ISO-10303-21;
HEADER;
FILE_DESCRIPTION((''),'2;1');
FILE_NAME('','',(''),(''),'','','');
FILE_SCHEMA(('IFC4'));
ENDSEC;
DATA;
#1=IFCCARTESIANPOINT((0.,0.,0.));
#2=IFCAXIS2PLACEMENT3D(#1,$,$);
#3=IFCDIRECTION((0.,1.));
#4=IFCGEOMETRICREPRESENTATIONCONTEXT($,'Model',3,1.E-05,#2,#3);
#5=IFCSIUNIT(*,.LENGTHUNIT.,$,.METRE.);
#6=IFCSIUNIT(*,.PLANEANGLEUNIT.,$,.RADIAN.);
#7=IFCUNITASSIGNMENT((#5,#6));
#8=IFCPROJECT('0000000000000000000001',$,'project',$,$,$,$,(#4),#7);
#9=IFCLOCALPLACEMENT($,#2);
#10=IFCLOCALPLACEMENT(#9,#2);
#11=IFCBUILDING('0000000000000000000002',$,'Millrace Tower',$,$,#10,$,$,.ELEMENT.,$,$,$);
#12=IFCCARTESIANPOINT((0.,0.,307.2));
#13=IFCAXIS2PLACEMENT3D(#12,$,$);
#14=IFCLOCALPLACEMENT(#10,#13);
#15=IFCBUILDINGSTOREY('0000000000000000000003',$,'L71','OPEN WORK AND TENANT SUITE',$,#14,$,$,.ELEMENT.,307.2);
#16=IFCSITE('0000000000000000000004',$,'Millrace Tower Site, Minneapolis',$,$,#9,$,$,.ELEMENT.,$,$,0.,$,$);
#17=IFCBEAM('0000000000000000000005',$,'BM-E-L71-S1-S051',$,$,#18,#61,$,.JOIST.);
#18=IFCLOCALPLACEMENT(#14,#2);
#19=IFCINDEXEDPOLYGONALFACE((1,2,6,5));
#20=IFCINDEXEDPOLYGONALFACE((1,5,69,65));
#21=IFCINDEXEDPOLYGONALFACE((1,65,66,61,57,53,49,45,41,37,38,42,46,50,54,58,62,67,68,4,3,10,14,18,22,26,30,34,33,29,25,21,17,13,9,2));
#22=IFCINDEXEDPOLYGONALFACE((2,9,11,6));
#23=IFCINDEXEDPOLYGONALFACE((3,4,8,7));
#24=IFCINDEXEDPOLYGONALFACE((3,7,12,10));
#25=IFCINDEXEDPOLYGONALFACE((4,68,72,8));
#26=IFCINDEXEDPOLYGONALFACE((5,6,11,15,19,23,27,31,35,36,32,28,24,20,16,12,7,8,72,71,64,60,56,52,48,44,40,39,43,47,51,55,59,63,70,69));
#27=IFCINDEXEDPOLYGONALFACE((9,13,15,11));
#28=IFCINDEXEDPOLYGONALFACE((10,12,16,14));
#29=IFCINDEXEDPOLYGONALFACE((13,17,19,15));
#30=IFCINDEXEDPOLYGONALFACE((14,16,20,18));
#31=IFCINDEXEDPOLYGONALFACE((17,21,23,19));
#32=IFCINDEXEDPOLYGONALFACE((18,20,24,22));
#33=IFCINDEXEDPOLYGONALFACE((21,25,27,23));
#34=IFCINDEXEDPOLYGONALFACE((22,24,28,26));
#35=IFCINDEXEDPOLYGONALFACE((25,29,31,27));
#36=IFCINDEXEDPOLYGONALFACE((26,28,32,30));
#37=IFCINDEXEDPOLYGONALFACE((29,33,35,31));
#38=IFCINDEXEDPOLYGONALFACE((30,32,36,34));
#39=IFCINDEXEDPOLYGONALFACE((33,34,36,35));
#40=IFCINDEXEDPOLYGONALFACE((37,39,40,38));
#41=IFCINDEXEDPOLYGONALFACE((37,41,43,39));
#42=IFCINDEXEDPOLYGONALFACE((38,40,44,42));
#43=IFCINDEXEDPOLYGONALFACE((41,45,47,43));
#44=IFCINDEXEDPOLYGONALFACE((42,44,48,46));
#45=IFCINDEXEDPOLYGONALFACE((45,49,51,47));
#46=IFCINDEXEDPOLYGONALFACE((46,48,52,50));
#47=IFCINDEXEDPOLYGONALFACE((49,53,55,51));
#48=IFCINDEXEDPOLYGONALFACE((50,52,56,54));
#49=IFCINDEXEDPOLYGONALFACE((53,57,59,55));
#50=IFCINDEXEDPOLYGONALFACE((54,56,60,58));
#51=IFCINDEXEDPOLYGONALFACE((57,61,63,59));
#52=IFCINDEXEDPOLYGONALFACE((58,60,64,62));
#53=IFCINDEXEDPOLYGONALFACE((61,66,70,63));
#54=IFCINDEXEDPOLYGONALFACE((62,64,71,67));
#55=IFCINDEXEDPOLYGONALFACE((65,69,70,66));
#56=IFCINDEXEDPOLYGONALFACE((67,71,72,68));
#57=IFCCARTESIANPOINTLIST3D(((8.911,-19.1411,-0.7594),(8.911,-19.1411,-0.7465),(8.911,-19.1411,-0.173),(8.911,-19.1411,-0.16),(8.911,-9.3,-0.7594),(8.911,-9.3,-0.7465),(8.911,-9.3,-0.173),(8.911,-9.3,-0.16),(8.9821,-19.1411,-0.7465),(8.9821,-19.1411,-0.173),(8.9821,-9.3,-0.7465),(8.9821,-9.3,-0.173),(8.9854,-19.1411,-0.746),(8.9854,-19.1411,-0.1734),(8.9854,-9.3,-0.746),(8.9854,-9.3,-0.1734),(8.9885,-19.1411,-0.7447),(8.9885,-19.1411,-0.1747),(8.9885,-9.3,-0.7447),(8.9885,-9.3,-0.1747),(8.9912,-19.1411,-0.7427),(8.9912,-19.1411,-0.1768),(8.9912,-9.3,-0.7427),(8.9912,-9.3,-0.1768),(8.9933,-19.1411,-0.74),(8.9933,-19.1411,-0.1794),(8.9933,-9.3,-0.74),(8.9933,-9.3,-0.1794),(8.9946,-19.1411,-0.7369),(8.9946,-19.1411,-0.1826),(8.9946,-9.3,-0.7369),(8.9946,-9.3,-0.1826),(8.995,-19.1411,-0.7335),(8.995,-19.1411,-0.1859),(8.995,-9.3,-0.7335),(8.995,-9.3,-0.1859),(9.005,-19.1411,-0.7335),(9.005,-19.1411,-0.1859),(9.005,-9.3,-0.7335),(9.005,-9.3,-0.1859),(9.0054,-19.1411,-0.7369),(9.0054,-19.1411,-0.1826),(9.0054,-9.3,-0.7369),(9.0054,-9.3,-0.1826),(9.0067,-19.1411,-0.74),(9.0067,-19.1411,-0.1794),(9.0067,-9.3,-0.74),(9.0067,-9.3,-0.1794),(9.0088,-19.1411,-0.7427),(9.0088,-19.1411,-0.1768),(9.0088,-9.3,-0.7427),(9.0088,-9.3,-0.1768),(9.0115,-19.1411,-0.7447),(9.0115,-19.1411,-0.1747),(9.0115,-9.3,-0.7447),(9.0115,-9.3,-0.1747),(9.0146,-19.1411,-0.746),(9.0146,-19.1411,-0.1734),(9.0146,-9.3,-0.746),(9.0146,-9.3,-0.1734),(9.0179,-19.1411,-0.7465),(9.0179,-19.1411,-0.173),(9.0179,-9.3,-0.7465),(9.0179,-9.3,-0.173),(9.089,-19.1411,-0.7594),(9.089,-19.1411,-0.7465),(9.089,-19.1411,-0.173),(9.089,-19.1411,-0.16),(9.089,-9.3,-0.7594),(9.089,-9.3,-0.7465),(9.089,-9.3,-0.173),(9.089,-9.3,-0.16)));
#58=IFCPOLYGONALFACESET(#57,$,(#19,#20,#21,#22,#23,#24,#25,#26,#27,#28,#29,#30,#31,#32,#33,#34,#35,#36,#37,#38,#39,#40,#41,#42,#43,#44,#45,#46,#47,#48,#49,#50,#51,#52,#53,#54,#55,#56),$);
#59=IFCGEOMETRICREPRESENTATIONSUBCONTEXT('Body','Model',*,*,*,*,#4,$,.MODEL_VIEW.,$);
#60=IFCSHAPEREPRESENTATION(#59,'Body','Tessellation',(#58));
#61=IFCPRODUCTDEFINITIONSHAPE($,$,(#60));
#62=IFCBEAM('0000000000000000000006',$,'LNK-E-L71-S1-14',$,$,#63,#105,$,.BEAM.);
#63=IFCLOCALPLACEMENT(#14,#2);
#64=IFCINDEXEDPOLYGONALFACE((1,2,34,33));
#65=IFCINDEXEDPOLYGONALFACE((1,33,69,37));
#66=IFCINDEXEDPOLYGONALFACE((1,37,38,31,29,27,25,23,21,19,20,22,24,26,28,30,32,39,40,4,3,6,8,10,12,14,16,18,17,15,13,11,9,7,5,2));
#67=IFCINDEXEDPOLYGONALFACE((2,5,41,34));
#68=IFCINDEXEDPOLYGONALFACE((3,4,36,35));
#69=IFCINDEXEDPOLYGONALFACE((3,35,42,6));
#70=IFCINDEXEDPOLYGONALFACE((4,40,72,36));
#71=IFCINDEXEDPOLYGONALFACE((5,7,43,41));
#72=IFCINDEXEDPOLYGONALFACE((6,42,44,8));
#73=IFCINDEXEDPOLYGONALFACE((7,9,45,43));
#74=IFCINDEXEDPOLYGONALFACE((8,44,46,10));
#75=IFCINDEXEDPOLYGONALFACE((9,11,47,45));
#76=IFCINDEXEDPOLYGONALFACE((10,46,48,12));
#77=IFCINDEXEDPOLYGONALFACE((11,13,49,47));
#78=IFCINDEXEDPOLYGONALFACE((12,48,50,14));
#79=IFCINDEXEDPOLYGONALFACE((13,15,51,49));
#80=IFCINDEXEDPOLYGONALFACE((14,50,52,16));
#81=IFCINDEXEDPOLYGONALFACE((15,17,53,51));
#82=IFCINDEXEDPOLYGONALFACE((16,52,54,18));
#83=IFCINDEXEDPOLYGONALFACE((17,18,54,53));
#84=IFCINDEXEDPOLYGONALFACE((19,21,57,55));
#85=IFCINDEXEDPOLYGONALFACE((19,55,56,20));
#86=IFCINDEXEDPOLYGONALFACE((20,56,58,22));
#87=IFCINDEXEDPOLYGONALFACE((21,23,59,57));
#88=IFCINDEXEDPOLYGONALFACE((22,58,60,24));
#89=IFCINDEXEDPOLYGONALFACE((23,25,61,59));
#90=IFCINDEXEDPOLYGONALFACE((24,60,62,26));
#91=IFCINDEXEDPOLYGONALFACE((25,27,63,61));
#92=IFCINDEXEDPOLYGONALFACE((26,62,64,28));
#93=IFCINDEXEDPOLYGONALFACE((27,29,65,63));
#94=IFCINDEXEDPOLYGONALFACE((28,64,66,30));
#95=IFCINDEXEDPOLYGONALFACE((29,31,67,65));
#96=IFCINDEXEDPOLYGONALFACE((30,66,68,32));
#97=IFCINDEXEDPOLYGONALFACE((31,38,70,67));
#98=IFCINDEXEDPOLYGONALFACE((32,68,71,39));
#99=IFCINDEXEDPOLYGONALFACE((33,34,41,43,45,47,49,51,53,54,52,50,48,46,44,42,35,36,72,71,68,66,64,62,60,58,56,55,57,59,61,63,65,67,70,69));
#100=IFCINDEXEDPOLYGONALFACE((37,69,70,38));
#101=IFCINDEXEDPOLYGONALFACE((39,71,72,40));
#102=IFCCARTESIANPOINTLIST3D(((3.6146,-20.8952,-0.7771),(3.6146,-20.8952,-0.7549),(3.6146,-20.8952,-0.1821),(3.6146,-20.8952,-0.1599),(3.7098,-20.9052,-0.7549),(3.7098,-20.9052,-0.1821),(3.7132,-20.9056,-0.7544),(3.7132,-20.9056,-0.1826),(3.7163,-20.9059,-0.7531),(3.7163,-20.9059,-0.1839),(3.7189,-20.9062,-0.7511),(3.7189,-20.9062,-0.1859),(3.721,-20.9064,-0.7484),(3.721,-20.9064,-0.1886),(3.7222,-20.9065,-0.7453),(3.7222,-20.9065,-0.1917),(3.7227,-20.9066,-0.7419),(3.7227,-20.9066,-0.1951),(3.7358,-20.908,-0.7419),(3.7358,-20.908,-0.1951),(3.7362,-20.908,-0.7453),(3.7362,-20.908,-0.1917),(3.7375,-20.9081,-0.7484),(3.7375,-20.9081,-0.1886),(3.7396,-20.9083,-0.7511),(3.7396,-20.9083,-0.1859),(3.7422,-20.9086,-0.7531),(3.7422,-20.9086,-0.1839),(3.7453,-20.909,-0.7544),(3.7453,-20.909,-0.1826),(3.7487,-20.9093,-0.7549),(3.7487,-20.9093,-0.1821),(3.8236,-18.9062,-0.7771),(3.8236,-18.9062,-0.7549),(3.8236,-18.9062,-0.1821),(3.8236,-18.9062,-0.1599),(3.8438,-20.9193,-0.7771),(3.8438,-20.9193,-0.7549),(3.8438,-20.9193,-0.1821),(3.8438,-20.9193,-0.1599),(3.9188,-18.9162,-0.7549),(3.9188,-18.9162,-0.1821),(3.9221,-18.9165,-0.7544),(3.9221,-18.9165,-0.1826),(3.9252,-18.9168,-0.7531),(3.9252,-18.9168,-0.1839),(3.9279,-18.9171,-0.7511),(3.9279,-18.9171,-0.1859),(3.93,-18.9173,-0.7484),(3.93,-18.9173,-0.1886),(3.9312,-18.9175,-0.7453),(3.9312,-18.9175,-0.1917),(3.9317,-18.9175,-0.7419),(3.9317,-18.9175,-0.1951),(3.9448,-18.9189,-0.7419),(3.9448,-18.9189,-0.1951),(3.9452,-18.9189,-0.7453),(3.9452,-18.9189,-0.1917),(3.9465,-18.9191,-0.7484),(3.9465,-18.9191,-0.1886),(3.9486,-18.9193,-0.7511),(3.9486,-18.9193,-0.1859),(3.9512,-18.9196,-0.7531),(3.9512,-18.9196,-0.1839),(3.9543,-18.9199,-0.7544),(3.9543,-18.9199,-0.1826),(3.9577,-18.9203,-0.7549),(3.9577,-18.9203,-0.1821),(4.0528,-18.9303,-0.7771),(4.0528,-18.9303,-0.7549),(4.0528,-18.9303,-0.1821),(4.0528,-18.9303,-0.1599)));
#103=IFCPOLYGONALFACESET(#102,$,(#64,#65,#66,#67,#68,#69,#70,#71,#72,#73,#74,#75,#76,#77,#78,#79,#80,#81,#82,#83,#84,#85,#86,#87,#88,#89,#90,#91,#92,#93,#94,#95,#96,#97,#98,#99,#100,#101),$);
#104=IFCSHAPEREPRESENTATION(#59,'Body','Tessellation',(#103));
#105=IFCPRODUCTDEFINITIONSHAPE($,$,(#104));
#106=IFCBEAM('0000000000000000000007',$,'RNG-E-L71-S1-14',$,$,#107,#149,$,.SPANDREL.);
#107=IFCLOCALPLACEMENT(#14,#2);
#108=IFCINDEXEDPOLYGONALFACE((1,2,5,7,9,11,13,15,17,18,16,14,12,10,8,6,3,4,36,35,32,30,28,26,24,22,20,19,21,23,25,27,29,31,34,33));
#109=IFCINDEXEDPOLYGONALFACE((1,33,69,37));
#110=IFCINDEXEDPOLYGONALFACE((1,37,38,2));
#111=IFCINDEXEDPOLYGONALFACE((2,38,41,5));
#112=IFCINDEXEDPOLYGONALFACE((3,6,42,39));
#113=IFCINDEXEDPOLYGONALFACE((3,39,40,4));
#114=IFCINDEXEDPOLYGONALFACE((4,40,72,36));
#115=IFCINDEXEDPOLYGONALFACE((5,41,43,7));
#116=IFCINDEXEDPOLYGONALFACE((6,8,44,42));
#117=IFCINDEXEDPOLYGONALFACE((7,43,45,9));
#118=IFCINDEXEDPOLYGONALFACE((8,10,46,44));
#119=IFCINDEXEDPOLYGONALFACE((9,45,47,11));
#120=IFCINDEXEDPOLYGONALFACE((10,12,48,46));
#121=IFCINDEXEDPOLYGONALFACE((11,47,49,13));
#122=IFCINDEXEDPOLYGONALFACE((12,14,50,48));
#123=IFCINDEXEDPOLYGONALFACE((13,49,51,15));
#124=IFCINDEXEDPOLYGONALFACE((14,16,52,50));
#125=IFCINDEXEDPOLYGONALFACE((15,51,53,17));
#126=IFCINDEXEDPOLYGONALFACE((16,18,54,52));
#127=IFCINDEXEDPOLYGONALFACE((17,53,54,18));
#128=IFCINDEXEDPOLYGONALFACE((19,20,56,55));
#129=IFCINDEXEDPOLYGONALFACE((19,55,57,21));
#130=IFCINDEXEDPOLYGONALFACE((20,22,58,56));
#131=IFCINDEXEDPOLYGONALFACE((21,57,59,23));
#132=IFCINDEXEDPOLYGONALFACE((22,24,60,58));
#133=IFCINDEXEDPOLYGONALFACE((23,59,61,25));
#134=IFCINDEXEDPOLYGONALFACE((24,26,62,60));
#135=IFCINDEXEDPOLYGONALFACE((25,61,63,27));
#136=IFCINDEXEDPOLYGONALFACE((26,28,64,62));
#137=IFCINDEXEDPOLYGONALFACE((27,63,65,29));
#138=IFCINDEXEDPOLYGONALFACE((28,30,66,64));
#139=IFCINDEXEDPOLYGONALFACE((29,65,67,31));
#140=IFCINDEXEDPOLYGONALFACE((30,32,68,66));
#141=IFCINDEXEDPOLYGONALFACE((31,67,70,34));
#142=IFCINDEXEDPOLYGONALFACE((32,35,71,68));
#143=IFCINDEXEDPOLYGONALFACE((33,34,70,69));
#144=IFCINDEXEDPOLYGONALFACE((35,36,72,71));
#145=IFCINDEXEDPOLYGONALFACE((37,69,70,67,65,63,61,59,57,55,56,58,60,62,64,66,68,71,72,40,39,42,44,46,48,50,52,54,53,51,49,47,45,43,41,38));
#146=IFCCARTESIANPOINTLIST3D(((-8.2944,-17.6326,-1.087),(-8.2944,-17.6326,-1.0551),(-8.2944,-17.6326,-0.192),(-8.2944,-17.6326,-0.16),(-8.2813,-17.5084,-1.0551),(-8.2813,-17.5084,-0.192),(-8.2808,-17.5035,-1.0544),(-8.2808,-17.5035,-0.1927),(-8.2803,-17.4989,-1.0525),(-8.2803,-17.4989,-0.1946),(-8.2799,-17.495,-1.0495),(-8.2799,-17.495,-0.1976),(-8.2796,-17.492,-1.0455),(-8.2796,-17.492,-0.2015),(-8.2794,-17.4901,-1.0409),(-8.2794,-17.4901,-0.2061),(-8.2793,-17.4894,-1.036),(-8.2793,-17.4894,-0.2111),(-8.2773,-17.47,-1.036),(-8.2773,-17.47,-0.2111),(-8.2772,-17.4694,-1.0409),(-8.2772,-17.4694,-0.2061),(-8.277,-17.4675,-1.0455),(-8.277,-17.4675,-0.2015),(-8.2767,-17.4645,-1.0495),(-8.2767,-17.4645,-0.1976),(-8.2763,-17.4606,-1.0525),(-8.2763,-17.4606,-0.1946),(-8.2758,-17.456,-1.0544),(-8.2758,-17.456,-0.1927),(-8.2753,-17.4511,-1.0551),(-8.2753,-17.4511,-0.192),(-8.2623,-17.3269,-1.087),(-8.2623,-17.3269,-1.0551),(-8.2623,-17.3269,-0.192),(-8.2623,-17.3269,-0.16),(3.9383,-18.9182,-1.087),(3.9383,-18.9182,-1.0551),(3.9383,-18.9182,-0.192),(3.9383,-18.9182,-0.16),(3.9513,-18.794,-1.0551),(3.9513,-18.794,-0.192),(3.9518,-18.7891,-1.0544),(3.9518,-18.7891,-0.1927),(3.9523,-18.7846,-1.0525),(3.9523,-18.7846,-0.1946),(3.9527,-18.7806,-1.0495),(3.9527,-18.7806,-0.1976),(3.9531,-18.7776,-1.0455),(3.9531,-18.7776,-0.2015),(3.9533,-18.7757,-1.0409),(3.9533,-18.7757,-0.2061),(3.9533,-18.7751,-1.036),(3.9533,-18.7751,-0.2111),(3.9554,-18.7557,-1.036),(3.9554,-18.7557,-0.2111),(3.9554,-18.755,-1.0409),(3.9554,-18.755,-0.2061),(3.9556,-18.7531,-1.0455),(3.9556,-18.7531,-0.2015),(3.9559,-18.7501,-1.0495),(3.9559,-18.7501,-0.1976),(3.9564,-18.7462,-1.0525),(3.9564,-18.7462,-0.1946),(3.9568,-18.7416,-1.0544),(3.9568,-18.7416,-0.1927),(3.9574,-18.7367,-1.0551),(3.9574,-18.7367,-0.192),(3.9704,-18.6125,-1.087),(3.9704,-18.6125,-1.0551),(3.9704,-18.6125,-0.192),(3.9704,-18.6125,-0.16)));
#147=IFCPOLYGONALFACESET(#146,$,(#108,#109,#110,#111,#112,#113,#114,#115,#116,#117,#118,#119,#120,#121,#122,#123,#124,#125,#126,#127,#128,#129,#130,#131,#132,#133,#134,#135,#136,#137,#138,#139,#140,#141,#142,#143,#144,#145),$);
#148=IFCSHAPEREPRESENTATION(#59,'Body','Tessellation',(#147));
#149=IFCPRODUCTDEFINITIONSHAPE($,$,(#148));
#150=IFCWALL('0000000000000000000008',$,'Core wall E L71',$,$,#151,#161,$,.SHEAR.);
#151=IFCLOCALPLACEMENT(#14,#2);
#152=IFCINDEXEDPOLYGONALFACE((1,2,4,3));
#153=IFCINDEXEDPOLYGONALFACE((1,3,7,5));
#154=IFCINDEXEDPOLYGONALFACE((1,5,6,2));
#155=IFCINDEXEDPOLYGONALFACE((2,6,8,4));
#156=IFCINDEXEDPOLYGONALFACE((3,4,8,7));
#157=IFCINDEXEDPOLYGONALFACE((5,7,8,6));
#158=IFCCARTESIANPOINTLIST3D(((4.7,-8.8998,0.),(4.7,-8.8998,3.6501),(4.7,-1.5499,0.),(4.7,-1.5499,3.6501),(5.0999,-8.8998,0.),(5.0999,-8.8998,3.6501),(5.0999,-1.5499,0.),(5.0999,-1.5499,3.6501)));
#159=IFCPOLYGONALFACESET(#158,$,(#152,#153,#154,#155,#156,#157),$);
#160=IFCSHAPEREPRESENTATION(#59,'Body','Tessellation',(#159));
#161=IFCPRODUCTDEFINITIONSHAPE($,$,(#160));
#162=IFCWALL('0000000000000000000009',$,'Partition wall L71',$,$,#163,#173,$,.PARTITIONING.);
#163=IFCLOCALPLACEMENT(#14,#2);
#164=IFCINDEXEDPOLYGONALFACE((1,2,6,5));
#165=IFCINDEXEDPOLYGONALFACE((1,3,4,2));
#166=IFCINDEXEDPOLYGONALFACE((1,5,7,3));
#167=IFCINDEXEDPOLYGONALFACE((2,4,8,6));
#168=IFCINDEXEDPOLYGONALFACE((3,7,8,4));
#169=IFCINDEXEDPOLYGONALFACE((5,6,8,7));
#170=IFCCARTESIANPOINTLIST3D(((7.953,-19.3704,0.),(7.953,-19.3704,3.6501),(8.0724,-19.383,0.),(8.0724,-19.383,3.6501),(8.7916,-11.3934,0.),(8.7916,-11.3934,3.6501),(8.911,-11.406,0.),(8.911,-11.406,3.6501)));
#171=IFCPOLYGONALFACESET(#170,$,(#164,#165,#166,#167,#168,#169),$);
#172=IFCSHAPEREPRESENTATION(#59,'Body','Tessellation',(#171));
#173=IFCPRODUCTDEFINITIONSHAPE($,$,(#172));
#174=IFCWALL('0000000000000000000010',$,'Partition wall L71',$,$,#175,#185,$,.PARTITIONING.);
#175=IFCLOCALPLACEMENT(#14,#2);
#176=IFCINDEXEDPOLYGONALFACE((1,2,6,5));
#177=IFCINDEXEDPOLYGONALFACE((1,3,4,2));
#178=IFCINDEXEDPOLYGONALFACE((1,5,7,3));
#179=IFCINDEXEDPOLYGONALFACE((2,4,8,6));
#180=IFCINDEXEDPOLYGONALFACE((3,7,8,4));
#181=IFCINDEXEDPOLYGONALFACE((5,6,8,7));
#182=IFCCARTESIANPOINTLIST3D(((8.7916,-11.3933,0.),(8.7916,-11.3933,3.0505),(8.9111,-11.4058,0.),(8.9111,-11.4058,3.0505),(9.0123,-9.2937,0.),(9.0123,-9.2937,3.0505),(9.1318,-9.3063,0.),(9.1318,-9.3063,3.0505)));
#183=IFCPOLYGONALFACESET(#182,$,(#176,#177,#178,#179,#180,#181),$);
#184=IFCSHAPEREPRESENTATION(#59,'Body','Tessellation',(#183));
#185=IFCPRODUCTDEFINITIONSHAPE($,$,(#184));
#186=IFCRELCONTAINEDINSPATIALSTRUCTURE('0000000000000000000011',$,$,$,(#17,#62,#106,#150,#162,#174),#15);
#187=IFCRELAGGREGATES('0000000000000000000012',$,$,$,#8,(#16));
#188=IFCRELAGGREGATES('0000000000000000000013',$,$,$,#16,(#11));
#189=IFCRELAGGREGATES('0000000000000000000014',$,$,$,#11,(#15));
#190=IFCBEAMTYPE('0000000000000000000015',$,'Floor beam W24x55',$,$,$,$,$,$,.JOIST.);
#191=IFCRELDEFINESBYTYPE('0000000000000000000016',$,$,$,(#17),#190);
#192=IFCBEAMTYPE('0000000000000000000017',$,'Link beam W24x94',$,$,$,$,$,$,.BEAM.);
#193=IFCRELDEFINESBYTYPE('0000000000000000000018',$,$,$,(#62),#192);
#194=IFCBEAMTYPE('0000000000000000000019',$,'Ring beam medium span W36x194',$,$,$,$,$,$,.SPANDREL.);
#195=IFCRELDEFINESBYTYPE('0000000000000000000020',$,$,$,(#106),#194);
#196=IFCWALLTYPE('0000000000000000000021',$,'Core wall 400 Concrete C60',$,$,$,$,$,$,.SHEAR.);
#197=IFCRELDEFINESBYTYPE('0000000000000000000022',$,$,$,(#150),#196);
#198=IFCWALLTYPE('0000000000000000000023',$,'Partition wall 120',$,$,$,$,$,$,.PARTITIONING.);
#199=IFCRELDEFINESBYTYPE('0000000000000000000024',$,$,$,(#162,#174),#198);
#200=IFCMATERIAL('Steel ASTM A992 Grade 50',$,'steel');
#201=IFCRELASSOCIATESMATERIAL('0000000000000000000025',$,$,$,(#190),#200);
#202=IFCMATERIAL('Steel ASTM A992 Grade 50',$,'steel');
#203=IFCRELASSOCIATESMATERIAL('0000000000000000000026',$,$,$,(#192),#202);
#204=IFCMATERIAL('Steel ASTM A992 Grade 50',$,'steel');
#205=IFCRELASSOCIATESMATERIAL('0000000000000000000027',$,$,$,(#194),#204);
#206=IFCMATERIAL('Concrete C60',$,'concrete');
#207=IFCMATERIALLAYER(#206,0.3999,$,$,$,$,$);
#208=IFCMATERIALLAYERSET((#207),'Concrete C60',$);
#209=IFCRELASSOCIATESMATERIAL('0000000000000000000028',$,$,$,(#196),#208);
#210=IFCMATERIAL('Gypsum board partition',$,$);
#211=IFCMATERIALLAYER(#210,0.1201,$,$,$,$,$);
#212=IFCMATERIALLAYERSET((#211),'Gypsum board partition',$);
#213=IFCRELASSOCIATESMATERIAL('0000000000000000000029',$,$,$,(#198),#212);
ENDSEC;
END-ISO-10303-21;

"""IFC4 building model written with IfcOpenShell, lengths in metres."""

from ifc_helpers import new_model, si_unit, direction, frame, frame_2d, origin, origin_2d, place, context, subcontext, project, spatial, rectangle, i_section, extrude, material, layer, layer_set, material_profile, profile_set, type_object, element, save


model = new_model("IFC4")

# Units and contexts
model_context = context("Model", 3, precision=1e-05, world=origin(), true_north=direction((0.0, 1.0)))
body_context = subcontext(model_context, "Body", "Model", "MODEL_VIEW")
ifc_project = project(units=[si_unit("LENGTHUNIT", "METRE"), si_unit("PLANEANGLEUNIT", "RADIAN")], contexts=[model_context])

# Site, building, storey
site_placement = place(None, origin())
site = spatial("IfcSite", under=ifc_project, at=site_placement, Name="Millrace Tower Site, Minneapolis", CompositionType="ELEMENT", RefElevation=0.0)
building_placement = place(site_placement, origin())
building = spatial("IfcBuilding", under=site, at=building_placement, Name="Millrace Tower", CompositionType="ELEMENT")
storey_placement = place(building_placement, frame((0.0, 0.0, 307.2)))
storey = spatial("IfcBuildingStorey", under=building, at=storey_placement, Name="L71", Description="OPEN WORK AND TENANT SUITE", CompositionType="ELEMENT", Elevation=307.2)

# Beams
ifc_material_1 = material(Name="Steel ASTM A992 Grade 50", Category="steel")
ifc_material_profile_1 = material_profile(ifc_material_1, i_section(OverallWidth=0.178, OverallDepth=0.5994, WebThickness=0.01, FlangeThickness=0.0129, FilletRadius=0.0129, at=origin_2d()))
ifc_profile_set_1 = profile_set([ifc_material_profile_1], Name="Steel ASTM A992 Grade 50")
beam_type_1 = type_object("IfcBeamType", Name="Floor beam W24x55", PredefinedType="JOIST", material=ifc_profile_set_1)
beam_1_placement = place(storey_placement, frame((9.0, -19.1411, -0.4597), z_axis=(0.0, 1.0, 0.0), x_axis=(-1.0, 0.0, 0.0)))
element("IfcBeam", 1, at=beam_1_placement, inside=storey, type_object=beam_type_1, Name="BM-E-L71-S1-S051", PredefinedType="JOIST", context=body_context, shape_type="SweptSolid", body=[
    extrude(i_section(OverallWidth=0.178, OverallDepth=0.5994, WebThickness=0.01, FlangeThickness=0.0129, FilletRadius=0.0129, at=origin_2d()), origin(), (0.0, 0.0, 1.0), 9.8411),
])
ifc_material_2 = material(Name="Steel ASTM A992 Grade 50", Category="steel")
ifc_material_profile_2 = material_profile(ifc_material_2, i_section(OverallWidth=0.2305, OverallDepth=0.6172, WebThickness=0.0132, FlangeThickness=0.0222, FilletRadius=0.0129, at=origin_2d()))
ifc_profile_set_2 = profile_set([ifc_material_profile_2], Name="Steel ASTM A992 Grade 50")
beam_type_2 = type_object("IfcBeamType", Name="Link beam W24x94", PredefinedType="BEAM", material=ifc_profile_set_2)
beam_2_placement = place(storey_placement, frame((3.9382, -18.9182, -0.4685), z_axis=(-0.104494, -0.994526, 0.0), x_axis=(0.994526, -0.104494, 0.0)))
element("IfcBeam", 2, at=beam_2_placement, inside=storey, type_object=beam_type_2, Name="LNK-E-L71-S1-14", PredefinedType="BEAM", context=body_context, shape_type="SweptSolid", body=[
    extrude(i_section(OverallWidth=0.2305, OverallDepth=0.6172, WebThickness=0.0132, FlangeThickness=0.0222, FilletRadius=0.0129, at=origin_2d()), origin(), (0.0, 0.0, 1.0), 2.0),
])
ifc_material_3 = material(Name="Steel ASTM A992 Grade 50", Category="steel")
ifc_material_profile_3 = material_profile(ifc_material_3, i_section(OverallWidth=0.3074, OverallDepth=0.927, WebThickness=0.0195, FlangeThickness=0.032, FilletRadius=0.019, at=origin_2d()))
ifc_profile_set_3 = profile_set([ifc_material_profile_3], Name="Steel ASTM A992 Grade 50")
beam_type_3 = type_object("IfcBeamType", Name="Ring beam medium span W36x194", PredefinedType="SPANDREL", material=ifc_profile_set_3)
beam_3_placement = place(storey_placement, frame((3.9543, -18.7654, -0.6235), z_axis=(-0.994522, 0.104524, 0.0), x_axis=(-0.104524, -0.994522, 0.0)))
element("IfcBeam", 3, at=beam_3_placement, inside=storey, type_object=beam_type_3, Name="RNG-E-L71-S1-14", PredefinedType="SPANDREL", context=body_context, shape_type="SweptSolid", body=[
    extrude(i_section(OverallWidth=0.3074, OverallDepth=0.927, WebThickness=0.0195, FlangeThickness=0.032, FilletRadius=0.019, at=origin_2d()), origin(), (0.0, 0.0, 1.0), 12.3),
])

# Walls
ifc_material_4 = material(Name="Concrete C60", Category="concrete")
ifc_layer_1 = layer(ifc_material_4, 0.3999)
ifc_layer_set_1 = layer_set([ifc_layer_1], Name="Concrete C60")
wall_type_1 = type_object("IfcWallType", Name="Core wall 400 Concrete C60", PredefinedType="SHEAR", material=ifc_layer_set_1)
wall_1_placement = place(storey_placement, frame((4.8999, -1.55, 0.0), z_axis=(0.0, 0.0, 1.0), x_axis=(0.0, -1.0, 0.0)))
element("IfcWall", 4, at=wall_1_placement, inside=storey, type_object=wall_type_1, Name="Core wall E L71", PredefinedType="SHEAR", context=body_context, shape_type="SweptSolid", body=[
    extrude(rectangle(XDim=7.3499, YDim=0.3999, at=frame_2d((3.6748, 0.0))), origin(), (0.0, 0.0, 1.0), 3.6501),
])
ifc_material_5 = material(Name="Gypsum board partition")
ifc_layer_2 = layer(ifc_material_5, 0.1201)
ifc_layer_set_2 = layer_set([ifc_layer_2], Name="Gypsum board partition")
wall_type_2 = type_object("IfcWallType", Name="Partition wall 120", PredefinedType="PARTITIONING", material=ifc_layer_set_2)
wall_2_placement = place(storey_placement, frame((8.0127, -19.3767, 0.0), z_axis=(0.0, 0.0, 1.0), x_axis=(0.104553, 0.994519, 0.0)))
element("IfcWall", 5, at=wall_2_placement, inside=storey, type_object=wall_type_2, Name="Partition wall L71", PredefinedType="PARTITIONING", context=body_context, shape_type="SweptSolid", body=[
    extrude(rectangle(XDim=8.021, YDim=0.1201, at=frame_2d((4.0105, 0.0))), origin(), (0.0, 0.0, 1.0), 3.6501),
])
wall_3_placement = place(storey_placement, frame((8.8513, -11.3997, 0.0), z_axis=(0.0, 0.0, 1.0), x_axis=(0.10454, 0.994521, 0.0)))
element("IfcWall", 6, at=wall_3_placement, inside=storey, type_object=wall_type_2, Name="Partition wall L71", PredefinedType="PARTITIONING", context=body_context, shape_type="SweptSolid", body=[
    extrude(rectangle(XDim=2.1111, YDim=0.1201, at=frame_2d((1.0557, 0.0))), origin(), (0.0, 0.0, 1.0), 3.0505),
])

save(model, "model.ifc")
